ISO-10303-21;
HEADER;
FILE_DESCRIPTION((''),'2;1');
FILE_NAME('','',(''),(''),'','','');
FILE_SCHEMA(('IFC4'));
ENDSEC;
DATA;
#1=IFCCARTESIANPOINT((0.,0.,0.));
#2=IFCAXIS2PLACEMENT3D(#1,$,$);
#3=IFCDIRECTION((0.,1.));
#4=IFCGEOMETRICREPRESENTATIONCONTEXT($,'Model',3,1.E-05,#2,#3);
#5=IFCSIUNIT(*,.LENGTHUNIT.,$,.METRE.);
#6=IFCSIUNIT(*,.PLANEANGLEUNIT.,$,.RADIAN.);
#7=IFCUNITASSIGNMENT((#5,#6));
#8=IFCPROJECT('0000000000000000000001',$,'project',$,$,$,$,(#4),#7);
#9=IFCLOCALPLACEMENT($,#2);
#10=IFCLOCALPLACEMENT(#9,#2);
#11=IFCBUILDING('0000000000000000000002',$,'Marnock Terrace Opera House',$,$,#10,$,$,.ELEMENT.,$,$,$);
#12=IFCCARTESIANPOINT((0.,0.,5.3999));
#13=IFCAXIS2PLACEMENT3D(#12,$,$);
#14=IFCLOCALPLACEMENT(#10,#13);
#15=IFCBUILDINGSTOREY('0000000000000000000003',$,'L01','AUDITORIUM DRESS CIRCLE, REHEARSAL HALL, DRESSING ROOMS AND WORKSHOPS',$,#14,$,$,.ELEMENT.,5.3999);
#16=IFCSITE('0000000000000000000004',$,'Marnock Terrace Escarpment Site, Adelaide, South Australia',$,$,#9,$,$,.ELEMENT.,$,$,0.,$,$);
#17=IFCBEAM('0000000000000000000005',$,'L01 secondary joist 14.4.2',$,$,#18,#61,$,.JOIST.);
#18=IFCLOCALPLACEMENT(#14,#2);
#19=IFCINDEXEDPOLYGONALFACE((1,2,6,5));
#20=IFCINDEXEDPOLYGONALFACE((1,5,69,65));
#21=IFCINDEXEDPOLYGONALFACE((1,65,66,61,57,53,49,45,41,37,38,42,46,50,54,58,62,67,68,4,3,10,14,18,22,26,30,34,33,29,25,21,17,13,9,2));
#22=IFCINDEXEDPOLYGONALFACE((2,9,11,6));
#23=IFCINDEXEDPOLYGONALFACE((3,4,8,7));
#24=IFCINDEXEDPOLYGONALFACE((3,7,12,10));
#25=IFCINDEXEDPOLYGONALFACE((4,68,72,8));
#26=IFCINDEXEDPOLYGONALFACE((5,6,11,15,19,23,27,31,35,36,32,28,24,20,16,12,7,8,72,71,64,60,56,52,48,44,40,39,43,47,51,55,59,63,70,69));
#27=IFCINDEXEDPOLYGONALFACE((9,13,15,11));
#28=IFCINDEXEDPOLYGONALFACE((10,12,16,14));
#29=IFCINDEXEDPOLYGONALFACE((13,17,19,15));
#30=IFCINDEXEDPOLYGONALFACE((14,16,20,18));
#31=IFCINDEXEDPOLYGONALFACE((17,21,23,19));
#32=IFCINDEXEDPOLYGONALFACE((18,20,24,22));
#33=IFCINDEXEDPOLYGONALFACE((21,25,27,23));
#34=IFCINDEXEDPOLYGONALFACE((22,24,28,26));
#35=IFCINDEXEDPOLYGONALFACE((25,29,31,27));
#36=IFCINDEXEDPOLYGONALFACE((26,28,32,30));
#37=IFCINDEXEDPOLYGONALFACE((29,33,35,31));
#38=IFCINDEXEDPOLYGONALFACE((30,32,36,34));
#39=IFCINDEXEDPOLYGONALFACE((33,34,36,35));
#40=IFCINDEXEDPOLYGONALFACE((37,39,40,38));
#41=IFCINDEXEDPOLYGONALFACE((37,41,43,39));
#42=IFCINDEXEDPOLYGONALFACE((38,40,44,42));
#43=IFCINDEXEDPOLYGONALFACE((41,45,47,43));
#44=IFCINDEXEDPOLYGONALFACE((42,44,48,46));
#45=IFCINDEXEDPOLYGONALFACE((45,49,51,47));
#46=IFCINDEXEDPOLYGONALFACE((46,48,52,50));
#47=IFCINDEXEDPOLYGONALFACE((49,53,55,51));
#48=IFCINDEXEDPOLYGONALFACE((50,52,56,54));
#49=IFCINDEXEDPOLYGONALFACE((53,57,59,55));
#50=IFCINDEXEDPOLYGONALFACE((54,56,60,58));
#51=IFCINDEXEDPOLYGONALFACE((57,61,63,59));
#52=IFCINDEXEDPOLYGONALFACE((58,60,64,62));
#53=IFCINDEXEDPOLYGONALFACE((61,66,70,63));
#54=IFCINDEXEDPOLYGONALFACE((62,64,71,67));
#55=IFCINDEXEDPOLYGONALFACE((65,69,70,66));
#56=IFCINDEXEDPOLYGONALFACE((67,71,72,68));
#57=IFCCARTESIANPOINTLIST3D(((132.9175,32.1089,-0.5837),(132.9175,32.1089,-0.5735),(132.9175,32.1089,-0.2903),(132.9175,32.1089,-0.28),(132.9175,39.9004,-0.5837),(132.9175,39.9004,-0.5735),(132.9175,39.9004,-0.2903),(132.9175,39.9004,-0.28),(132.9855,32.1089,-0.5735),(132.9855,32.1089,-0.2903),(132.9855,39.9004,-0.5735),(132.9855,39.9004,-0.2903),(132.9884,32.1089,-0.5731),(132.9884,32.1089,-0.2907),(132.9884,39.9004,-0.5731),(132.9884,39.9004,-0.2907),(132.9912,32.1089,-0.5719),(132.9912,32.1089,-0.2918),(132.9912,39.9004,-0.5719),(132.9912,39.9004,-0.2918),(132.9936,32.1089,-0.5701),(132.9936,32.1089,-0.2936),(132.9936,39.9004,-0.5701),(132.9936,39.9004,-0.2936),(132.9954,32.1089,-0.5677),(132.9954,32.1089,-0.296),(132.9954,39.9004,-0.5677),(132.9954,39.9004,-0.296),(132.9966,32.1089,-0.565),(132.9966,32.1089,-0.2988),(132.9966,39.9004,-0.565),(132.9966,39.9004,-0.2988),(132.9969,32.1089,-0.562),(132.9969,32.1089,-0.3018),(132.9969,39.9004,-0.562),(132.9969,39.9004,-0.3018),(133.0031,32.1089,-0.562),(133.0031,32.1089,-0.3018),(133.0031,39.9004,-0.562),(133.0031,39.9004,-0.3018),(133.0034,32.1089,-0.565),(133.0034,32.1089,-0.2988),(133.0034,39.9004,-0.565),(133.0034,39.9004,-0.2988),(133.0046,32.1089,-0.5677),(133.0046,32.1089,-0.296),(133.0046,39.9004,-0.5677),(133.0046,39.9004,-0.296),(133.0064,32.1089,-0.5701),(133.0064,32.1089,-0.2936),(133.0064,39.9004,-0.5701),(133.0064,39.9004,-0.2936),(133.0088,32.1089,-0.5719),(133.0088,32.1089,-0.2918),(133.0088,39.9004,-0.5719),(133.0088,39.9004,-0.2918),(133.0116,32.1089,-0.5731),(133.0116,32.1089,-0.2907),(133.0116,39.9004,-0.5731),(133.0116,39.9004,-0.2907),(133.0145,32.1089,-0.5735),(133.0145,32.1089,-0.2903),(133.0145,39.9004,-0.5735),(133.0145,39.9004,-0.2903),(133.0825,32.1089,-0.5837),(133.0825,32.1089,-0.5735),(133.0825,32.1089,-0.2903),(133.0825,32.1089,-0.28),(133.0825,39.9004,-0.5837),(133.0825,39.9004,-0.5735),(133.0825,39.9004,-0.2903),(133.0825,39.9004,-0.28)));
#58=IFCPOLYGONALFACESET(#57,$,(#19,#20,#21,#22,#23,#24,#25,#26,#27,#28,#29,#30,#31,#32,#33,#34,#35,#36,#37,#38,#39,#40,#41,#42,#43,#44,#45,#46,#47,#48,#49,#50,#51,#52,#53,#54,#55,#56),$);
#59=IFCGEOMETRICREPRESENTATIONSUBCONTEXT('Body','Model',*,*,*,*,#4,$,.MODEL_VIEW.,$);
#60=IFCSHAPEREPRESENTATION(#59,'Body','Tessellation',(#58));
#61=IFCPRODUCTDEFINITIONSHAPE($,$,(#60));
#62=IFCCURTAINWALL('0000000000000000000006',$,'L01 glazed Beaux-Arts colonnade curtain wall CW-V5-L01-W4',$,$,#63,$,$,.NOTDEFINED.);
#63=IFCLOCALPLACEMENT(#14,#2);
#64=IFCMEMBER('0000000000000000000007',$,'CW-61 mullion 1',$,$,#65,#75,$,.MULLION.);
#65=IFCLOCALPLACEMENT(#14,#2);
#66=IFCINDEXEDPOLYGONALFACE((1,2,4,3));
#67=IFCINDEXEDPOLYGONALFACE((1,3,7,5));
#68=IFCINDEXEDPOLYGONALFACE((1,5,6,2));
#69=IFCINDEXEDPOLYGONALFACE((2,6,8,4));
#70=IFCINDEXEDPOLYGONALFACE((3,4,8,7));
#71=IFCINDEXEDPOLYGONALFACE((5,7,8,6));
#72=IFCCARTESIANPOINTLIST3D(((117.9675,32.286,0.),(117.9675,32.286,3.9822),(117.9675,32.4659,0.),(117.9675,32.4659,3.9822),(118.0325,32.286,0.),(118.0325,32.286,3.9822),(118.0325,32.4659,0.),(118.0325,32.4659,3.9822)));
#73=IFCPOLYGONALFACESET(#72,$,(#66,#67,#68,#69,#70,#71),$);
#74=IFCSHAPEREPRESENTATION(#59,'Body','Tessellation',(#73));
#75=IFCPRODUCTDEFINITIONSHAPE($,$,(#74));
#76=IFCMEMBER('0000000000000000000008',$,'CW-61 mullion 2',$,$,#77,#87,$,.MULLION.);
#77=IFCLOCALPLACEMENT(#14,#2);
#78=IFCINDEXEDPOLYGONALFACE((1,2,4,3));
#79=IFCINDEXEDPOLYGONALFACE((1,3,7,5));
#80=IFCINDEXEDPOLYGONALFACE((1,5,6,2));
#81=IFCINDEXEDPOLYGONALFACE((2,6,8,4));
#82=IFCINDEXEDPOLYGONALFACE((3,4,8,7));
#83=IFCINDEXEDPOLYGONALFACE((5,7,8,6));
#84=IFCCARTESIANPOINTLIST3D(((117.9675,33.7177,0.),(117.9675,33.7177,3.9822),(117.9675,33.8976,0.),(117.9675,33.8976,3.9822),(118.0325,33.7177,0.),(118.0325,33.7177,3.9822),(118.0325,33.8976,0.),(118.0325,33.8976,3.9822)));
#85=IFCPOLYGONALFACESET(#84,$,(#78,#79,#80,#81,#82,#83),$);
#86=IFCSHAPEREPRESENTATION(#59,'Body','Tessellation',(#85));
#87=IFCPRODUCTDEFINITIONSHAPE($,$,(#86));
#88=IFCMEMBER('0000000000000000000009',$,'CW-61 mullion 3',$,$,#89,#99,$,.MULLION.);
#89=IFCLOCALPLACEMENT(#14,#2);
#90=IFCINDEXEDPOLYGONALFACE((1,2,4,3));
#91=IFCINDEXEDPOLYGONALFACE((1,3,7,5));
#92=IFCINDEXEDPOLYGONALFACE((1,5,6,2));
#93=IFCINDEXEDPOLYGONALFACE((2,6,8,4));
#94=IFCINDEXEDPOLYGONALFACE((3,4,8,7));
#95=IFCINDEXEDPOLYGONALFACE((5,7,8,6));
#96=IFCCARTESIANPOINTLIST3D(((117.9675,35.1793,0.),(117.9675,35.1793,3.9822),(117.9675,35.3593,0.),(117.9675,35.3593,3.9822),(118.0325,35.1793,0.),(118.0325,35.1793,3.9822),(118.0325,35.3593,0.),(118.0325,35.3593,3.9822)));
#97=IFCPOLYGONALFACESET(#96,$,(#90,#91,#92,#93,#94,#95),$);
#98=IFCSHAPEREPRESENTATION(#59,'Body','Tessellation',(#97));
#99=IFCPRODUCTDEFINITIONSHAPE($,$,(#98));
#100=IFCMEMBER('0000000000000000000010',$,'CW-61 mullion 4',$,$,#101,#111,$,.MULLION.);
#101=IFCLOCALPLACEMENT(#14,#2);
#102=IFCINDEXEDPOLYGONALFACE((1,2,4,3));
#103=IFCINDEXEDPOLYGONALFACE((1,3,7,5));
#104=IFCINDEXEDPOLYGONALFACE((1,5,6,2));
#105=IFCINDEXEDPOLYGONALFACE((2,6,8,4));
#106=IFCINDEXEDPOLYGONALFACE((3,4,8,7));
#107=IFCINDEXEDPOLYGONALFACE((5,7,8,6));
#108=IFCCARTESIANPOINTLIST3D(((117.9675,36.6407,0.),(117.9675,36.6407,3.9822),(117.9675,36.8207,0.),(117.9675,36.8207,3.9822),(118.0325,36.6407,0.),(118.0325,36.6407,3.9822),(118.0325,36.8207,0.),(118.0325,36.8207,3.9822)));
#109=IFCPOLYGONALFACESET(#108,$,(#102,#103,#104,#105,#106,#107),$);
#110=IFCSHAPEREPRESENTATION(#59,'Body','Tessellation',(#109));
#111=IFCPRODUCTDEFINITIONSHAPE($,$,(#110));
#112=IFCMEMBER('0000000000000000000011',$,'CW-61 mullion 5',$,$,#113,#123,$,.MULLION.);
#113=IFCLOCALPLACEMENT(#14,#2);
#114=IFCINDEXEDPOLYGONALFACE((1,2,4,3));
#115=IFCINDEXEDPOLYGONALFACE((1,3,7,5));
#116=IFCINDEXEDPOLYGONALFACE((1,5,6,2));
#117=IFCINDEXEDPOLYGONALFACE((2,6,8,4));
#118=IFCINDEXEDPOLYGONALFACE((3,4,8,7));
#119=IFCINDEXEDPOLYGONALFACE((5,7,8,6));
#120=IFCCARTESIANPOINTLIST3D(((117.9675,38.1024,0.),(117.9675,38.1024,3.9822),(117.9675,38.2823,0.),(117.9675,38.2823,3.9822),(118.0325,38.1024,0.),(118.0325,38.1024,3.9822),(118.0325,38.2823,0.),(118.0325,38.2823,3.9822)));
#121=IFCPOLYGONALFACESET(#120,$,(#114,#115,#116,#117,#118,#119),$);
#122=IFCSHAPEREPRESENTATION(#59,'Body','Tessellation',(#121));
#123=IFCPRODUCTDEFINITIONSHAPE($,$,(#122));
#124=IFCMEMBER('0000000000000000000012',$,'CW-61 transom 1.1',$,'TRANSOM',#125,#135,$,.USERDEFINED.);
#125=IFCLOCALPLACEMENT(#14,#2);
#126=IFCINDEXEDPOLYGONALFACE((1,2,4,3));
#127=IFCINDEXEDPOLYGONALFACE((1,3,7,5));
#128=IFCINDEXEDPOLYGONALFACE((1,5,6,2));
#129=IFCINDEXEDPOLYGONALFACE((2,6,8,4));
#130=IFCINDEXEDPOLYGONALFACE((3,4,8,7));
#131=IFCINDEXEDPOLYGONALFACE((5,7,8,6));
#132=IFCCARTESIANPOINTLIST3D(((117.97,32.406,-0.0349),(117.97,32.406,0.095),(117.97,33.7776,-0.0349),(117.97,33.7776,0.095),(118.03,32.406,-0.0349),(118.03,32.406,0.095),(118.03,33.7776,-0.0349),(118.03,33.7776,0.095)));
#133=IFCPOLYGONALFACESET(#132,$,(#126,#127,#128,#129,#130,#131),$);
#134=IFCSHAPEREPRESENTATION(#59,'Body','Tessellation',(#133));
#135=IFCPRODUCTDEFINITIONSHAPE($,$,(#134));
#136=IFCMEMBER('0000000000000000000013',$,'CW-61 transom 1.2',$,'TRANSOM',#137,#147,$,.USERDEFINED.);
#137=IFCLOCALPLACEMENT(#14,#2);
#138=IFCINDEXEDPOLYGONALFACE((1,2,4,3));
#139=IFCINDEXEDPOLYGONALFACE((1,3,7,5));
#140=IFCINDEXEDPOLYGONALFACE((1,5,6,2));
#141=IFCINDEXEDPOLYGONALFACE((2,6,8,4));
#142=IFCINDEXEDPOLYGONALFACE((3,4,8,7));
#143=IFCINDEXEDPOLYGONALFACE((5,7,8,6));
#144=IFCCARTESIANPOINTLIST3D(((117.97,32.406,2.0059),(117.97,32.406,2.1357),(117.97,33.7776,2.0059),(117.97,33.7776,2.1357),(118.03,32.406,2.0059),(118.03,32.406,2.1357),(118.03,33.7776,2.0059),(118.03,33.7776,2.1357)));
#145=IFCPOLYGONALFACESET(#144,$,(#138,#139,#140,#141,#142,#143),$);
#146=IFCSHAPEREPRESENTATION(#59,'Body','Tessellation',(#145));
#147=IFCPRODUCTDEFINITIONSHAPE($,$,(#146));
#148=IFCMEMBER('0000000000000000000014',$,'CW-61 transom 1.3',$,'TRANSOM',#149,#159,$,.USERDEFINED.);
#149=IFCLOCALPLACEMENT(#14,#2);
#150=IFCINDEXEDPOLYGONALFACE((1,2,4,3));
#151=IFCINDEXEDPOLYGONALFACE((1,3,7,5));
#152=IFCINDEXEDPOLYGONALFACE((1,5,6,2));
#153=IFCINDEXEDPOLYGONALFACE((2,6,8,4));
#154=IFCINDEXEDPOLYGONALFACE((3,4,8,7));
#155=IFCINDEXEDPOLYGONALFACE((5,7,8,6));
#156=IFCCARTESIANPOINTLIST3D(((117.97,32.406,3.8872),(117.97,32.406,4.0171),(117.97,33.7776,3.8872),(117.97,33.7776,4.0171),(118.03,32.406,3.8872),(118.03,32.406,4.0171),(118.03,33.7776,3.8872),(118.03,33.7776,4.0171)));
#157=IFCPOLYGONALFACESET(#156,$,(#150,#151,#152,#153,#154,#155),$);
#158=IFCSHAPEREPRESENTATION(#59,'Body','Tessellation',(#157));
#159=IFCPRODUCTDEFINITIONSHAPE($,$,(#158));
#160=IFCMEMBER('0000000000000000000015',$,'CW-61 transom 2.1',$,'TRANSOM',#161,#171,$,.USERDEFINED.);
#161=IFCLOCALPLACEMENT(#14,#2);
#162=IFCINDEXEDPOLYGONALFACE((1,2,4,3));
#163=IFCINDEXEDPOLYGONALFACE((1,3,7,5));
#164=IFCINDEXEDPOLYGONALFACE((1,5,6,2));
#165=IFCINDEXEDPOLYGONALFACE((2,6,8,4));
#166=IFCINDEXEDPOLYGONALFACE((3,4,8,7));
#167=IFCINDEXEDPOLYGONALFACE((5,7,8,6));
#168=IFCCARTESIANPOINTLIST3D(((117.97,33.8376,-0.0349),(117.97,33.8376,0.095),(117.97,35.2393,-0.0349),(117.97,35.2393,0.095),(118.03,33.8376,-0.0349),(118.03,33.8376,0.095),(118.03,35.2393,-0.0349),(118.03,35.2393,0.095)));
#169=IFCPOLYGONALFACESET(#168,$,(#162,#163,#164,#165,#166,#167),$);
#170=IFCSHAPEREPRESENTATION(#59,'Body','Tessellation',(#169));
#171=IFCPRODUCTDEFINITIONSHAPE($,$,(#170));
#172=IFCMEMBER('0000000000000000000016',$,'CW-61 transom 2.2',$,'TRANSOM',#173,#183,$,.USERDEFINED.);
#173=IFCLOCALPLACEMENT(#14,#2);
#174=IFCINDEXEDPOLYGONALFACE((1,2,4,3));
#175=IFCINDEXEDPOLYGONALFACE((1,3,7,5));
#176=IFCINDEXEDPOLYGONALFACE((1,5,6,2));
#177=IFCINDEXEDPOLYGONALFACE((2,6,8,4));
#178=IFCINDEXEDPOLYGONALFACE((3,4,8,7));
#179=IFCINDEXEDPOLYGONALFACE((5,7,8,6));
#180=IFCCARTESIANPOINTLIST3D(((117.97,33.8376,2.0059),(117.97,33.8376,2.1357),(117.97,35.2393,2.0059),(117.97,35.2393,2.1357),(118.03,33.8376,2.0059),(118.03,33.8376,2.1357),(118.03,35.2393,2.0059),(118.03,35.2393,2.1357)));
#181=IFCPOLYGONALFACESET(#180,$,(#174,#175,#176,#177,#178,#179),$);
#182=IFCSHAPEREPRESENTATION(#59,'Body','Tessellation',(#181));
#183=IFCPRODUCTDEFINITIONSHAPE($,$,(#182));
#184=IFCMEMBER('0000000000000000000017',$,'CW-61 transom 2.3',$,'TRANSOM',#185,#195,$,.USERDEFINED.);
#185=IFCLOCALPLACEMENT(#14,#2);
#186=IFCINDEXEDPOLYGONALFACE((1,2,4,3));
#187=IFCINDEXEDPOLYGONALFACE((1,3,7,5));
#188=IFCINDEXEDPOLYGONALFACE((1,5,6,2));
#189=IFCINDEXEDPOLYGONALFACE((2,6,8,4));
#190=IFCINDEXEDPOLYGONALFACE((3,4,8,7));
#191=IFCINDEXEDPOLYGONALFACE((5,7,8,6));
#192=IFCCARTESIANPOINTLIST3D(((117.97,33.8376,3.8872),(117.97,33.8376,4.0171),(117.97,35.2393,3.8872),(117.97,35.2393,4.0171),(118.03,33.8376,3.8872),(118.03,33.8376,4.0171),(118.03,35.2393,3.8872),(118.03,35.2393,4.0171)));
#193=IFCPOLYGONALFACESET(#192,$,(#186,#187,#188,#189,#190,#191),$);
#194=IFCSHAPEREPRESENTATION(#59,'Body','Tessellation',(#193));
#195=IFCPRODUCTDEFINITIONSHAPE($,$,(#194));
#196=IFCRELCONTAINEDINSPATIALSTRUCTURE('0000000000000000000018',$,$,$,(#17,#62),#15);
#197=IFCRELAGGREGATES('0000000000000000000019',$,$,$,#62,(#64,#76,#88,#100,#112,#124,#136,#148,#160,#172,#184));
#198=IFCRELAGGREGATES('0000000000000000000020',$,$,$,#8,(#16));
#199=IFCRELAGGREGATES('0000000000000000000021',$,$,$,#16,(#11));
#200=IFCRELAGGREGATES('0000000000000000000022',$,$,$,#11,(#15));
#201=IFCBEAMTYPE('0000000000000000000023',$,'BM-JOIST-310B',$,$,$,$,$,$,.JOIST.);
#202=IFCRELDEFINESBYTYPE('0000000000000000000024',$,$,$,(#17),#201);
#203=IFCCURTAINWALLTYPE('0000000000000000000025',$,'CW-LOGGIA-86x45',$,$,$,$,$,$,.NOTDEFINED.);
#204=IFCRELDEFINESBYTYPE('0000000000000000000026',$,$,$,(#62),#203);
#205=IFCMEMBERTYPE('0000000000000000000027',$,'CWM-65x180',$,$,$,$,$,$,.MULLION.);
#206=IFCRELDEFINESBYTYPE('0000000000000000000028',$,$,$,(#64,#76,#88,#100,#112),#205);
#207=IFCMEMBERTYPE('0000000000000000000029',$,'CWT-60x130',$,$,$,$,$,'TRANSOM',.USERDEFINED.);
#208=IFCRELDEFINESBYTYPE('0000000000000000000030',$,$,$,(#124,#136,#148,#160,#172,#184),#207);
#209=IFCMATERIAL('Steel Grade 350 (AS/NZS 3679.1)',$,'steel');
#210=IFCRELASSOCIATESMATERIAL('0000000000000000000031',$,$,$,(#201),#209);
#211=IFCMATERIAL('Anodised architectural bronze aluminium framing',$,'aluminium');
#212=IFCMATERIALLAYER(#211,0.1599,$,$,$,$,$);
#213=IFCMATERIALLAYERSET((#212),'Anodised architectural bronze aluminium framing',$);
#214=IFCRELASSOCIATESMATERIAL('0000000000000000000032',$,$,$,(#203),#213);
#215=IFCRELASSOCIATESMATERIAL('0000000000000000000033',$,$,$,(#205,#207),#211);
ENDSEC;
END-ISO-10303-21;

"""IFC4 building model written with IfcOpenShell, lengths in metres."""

from ifc_helpers import new_model, si_unit, direction, frame, origin, origin_2d, place, context, subcontext, project, spatial, rectangle, i_section, extrude, material, layer, layer_set, material_profile, profile_set, type_object, element, aggregate, save


model = new_model("IFC4")

# Units and contexts
model_context = context("Model", 3, precision=1e-05, world=origin(), true_north=direction((0.0, 1.0)))
body_context = subcontext(model_context, "Body", "Model", "MODEL_VIEW")
ifc_project = project(units=[si_unit("LENGTHUNIT", "METRE"), si_unit("PLANEANGLEUNIT", "RADIAN")], contexts=[model_context])

# Site, building, storey
site_placement = place(None, origin())
site = spatial("IfcSite", under=ifc_project, at=site_placement, Name="Marnock Terrace Escarpment Site, Adelaide, South Australia", CompositionType="ELEMENT", RefElevation=0.0)
building_placement = place(site_placement, origin())
building = spatial("IfcBuilding", under=site, at=building_placement, Name="Marnock Terrace Opera House", CompositionType="ELEMENT")
storey_placement = place(building_placement, frame((0.0, 0.0, 5.3999)))
storey = spatial("IfcBuildingStorey", under=building, at=storey_placement, Name="L01", Description="AUDITORIUM DRESS CIRCLE, REHEARSAL HALL, DRESSING ROOMS AND WORKSHOPS", CompositionType="ELEMENT", Elevation=5.3999)

# Shared definitions
ifc_material_1 = material(Name="Steel Grade 350 (AS/NZS 3679.1)", Category="steel")

# Beam
ifc_material_profile_1 = material_profile(ifc_material_1, i_section(OverallWidth=0.165, OverallDepth=0.3037, WebThickness=0.0061, FlangeThickness=0.0103, FilletRadius=0.0115, at=origin_2d()))
ifc_profile_set_1 = profile_set([ifc_material_profile_1], Name="Steel Grade 350 (AS/NZS 3679.1)")
beam_type_1 = type_object("IfcBeamType", Name="BM-JOIST-310B", PredefinedType="JOIST", material=ifc_profile_set_1)
for number, where, z_axis, x_axis, name in (
    (1, (133.0, 32.1089, -0.4319), (0.0, 1.0, 0.0), (-1.0, 0.0, 0.0), "L01 secondary joist 14.4.2"),
):
    element("IfcBeam", number, at=place(storey_placement, frame(where, z_axis=z_axis, x_axis=x_axis)), inside=storey, type_object=beam_type_1, Name=name, PredefinedType="JOIST", context=body_context, shape_type="SweptSolid", body=[
        extrude(i_section(OverallWidth=0.165, OverallDepth=0.3037, WebThickness=0.0061, FlangeThickness=0.0103, FilletRadius=0.0115, at=origin_2d()), origin(), (0.0, 0.0, 1.0), 7.7915),
    ])

# Curtain wall, members
ifc_material_2 = material(Name="Anodised architectural bronze aluminium framing", Category="aluminium")
ifc_layer_1 = layer(ifc_material_2, 0.1599)
ifc_layer_set_1 = layer_set([ifc_layer_1], Name="Anodised architectural bronze aluminium framing")
curtain_wall_type = type_object("IfcCurtainWallType", Name="CW-LOGGIA-86x45", PredefinedType="NOTDEFINED", material=ifc_layer_set_1)
curtain_wall_placement = place(storey_placement, origin())
curtain_wall = element("IfcCurtainWall", 2, at=curtain_wall_placement, inside=storey, type_object=curtain_wall_type, Name="L01 glazed Beaux-Arts colonnade curtain wall CW-V5-L01-W4", PredefinedType="NOTDEFINED")
ifc_material_profile_2 = material_profile(ifc_material_2, rectangle(XDim=0.0649, YDim=0.1799, at=origin_2d()))
ifc_profile_set_2 = profile_set([ifc_material_profile_2], Name="Anodised architectural bronze aluminium framing")
member_type_1 = type_object("IfcMemberType", Name="CWM-65x180", PredefinedType="MULLION", material=ifc_profile_set_2)
member_1_placement = place(storey_placement, frame((118.0, 32.376, 0.0), z_axis=(0.0, 0.0, 1.0), x_axis=(-1.0, 0.0, 0.0)))
member_1 = element("IfcMember", 3, at=member_1_placement, type_object=member_type_1, Name="CW-61 mullion 1", PredefinedType="MULLION", context=body_context, shape_type="SweptSolid", body=[
    extrude(rectangle(XDim=0.0649, YDim=0.1799, at=origin_2d()), origin(), (0.0, 0.0, 1.0), 3.9822),
])
member_2_placement = place(storey_placement, frame((118.0, 33.8076, 0.0), z_axis=(0.0, 0.0, 1.0), x_axis=(-1.0, 0.0, 0.0)))
member_2 = element("IfcMember", 4, at=member_2_placement, type_object=member_type_1, Name="CW-61 mullion 2", PredefinedType="MULLION", context=body_context, shape_type="SweptSolid", body=[
    extrude(rectangle(XDim=0.0649, YDim=0.1799, at=origin_2d()), origin(), (0.0, 0.0, 1.0), 3.9822),
])
member_3_placement = place(storey_placement, frame((118.0, 35.2693, 0.0), z_axis=(0.0, 0.0, 1.0), x_axis=(-1.0, 0.0, 0.0)))
member_3 = element("IfcMember", 5, at=member_3_placement, type_object=member_type_1, Name="CW-61 mullion 3", PredefinedType="MULLION", context=body_context, shape_type="SweptSolid", body=[
    extrude(rectangle(XDim=0.0649, YDim=0.1799, at=origin_2d()), origin(), (0.0, 0.0, 1.0), 3.9822),
])
member_4_placement = place(storey_placement, frame((118.0, 36.7307, 0.0), z_axis=(0.0, 0.0, 1.0), x_axis=(-1.0, 0.0, 0.0)))
member_4 = element("IfcMember", 6, at=member_4_placement, type_object=member_type_1, Name="CW-61 mullion 4", PredefinedType="MULLION", context=body_context, shape_type="SweptSolid", body=[
    extrude(rectangle(XDim=0.0649, YDim=0.1799, at=origin_2d()), origin(), (0.0, 0.0, 1.0), 3.9822),
])
member_5_placement = place(storey_placement, frame((118.0, 38.1924, 0.0), z_axis=(0.0, 0.0, 1.0), x_axis=(-1.0, 0.0, 0.0)))
member_5 = element("IfcMember", 7, at=member_5_placement, type_object=member_type_1, Name="CW-61 mullion 5", PredefinedType="MULLION", context=body_context, shape_type="SweptSolid", body=[
    extrude(rectangle(XDim=0.0649, YDim=0.1799, at=origin_2d()), origin(), (0.0, 0.0, 1.0), 3.9822),
])
ifc_material_profile_3 = material_profile(ifc_material_2, rectangle(XDim=0.0601, YDim=0.1299, at=origin_2d()))
ifc_profile_set_3 = profile_set([ifc_material_profile_3], Name="Anodised architectural bronze aluminium framing")
member_type_2 = type_object("IfcMemberType", Name="CWT-60x130", ElementType="TRANSOM", PredefinedType="USERDEFINED", material=ifc_profile_set_3)
member_6_placement = place(storey_placement, frame((118.0, 32.406, 0.03), z_axis=(0.0, 1.0, 0.0), x_axis=(-1.0, 0.0, 0.0)))
member_6 = element("IfcMember", 8, at=member_6_placement, type_object=member_type_2, Name="CW-61 transom 1.1", ObjectType="TRANSOM", PredefinedType="USERDEFINED", context=body_context, shape_type="SweptSolid", body=[
    extrude(rectangle(XDim=0.0601, YDim=0.1299, at=origin_2d()), origin(), (0.0, 0.0, 1.0), 1.3716),
])
member_7_placement = place(storey_placement, frame((118.0, 32.406, 2.0708), z_axis=(0.0, 1.0, 0.0), x_axis=(-1.0, 0.0, 0.0)))
member_7 = element("IfcMember", 9, at=member_7_placement, type_object=member_type_2, Name="CW-61 transom 1.2", ObjectType="TRANSOM", PredefinedType="USERDEFINED", context=body_context, shape_type="SweptSolid", body=[
    extrude(rectangle(XDim=0.0601, YDim=0.1299, at=origin_2d()), origin(), (0.0, 0.0, 1.0), 1.3716),
])
member_8_placement = place(storey_placement, frame((118.0, 32.406, 3.9521), z_axis=(0.0, 1.0, 0.0), x_axis=(-1.0, 0.0, 0.0)))
member_8 = element("IfcMember", 10, at=member_8_placement, type_object=member_type_2, Name="CW-61 transom 1.3", ObjectType="TRANSOM", PredefinedType="USERDEFINED", context=body_context, shape_type="SweptSolid", body=[
    extrude(rectangle(XDim=0.0601, YDim=0.1299, at=origin_2d()), origin(), (0.0, 0.0, 1.0), 1.3716),
])
member_9_placement = place(storey_placement, frame((118.0, 33.8376, 0.03), z_axis=(0.0, 1.0, 0.0), x_axis=(-1.0, 0.0, 0.0)))
member_9 = element("IfcMember", 11, at=member_9_placement, type_object=member_type_2, Name="CW-61 transom 2.1", ObjectType="TRANSOM", PredefinedType="USERDEFINED", context=body_context, shape_type="SweptSolid", body=[
    extrude(rectangle(XDim=0.0601, YDim=0.1299, at=origin_2d()), origin(), (0.0, 0.0, 1.0), 1.4016),
])
member_10_placement = place(storey_placement, frame((118.0, 33.8376, 2.0708), z_axis=(0.0, 1.0, 0.0), x_axis=(-1.0, 0.0, 0.0)))
member_10 = element("IfcMember", 12, at=member_10_placement, type_object=member_type_2, Name="CW-61 transom 2.2", ObjectType="TRANSOM", PredefinedType="USERDEFINED", context=body_context, shape_type="SweptSolid", body=[
    extrude(rectangle(XDim=0.0601, YDim=0.1299, at=origin_2d()), origin(), (0.0, 0.0, 1.0), 1.4016),
])
member_11_placement = place(storey_placement, frame((118.0, 33.8376, 3.9521), z_axis=(0.0, 1.0, 0.0), x_axis=(-1.0, 0.0, 0.0)))
member_11 = element("IfcMember", 13, at=member_11_placement, type_object=member_type_2, Name="CW-61 transom 2.3", ObjectType="TRANSOM", PredefinedType="USERDEFINED", context=body_context, shape_type="SweptSolid", body=[
    extrude(rectangle(XDim=0.0601, YDim=0.1299, at=origin_2d()), origin(), (0.0, 0.0, 1.0), 1.4016),
])
aggregate(curtain_wall, [member_1, member_2, member_3, member_4, member_5, member_6, member_7, member_8, member_9, member_10, member_11])

save(model, "model.ifc")
